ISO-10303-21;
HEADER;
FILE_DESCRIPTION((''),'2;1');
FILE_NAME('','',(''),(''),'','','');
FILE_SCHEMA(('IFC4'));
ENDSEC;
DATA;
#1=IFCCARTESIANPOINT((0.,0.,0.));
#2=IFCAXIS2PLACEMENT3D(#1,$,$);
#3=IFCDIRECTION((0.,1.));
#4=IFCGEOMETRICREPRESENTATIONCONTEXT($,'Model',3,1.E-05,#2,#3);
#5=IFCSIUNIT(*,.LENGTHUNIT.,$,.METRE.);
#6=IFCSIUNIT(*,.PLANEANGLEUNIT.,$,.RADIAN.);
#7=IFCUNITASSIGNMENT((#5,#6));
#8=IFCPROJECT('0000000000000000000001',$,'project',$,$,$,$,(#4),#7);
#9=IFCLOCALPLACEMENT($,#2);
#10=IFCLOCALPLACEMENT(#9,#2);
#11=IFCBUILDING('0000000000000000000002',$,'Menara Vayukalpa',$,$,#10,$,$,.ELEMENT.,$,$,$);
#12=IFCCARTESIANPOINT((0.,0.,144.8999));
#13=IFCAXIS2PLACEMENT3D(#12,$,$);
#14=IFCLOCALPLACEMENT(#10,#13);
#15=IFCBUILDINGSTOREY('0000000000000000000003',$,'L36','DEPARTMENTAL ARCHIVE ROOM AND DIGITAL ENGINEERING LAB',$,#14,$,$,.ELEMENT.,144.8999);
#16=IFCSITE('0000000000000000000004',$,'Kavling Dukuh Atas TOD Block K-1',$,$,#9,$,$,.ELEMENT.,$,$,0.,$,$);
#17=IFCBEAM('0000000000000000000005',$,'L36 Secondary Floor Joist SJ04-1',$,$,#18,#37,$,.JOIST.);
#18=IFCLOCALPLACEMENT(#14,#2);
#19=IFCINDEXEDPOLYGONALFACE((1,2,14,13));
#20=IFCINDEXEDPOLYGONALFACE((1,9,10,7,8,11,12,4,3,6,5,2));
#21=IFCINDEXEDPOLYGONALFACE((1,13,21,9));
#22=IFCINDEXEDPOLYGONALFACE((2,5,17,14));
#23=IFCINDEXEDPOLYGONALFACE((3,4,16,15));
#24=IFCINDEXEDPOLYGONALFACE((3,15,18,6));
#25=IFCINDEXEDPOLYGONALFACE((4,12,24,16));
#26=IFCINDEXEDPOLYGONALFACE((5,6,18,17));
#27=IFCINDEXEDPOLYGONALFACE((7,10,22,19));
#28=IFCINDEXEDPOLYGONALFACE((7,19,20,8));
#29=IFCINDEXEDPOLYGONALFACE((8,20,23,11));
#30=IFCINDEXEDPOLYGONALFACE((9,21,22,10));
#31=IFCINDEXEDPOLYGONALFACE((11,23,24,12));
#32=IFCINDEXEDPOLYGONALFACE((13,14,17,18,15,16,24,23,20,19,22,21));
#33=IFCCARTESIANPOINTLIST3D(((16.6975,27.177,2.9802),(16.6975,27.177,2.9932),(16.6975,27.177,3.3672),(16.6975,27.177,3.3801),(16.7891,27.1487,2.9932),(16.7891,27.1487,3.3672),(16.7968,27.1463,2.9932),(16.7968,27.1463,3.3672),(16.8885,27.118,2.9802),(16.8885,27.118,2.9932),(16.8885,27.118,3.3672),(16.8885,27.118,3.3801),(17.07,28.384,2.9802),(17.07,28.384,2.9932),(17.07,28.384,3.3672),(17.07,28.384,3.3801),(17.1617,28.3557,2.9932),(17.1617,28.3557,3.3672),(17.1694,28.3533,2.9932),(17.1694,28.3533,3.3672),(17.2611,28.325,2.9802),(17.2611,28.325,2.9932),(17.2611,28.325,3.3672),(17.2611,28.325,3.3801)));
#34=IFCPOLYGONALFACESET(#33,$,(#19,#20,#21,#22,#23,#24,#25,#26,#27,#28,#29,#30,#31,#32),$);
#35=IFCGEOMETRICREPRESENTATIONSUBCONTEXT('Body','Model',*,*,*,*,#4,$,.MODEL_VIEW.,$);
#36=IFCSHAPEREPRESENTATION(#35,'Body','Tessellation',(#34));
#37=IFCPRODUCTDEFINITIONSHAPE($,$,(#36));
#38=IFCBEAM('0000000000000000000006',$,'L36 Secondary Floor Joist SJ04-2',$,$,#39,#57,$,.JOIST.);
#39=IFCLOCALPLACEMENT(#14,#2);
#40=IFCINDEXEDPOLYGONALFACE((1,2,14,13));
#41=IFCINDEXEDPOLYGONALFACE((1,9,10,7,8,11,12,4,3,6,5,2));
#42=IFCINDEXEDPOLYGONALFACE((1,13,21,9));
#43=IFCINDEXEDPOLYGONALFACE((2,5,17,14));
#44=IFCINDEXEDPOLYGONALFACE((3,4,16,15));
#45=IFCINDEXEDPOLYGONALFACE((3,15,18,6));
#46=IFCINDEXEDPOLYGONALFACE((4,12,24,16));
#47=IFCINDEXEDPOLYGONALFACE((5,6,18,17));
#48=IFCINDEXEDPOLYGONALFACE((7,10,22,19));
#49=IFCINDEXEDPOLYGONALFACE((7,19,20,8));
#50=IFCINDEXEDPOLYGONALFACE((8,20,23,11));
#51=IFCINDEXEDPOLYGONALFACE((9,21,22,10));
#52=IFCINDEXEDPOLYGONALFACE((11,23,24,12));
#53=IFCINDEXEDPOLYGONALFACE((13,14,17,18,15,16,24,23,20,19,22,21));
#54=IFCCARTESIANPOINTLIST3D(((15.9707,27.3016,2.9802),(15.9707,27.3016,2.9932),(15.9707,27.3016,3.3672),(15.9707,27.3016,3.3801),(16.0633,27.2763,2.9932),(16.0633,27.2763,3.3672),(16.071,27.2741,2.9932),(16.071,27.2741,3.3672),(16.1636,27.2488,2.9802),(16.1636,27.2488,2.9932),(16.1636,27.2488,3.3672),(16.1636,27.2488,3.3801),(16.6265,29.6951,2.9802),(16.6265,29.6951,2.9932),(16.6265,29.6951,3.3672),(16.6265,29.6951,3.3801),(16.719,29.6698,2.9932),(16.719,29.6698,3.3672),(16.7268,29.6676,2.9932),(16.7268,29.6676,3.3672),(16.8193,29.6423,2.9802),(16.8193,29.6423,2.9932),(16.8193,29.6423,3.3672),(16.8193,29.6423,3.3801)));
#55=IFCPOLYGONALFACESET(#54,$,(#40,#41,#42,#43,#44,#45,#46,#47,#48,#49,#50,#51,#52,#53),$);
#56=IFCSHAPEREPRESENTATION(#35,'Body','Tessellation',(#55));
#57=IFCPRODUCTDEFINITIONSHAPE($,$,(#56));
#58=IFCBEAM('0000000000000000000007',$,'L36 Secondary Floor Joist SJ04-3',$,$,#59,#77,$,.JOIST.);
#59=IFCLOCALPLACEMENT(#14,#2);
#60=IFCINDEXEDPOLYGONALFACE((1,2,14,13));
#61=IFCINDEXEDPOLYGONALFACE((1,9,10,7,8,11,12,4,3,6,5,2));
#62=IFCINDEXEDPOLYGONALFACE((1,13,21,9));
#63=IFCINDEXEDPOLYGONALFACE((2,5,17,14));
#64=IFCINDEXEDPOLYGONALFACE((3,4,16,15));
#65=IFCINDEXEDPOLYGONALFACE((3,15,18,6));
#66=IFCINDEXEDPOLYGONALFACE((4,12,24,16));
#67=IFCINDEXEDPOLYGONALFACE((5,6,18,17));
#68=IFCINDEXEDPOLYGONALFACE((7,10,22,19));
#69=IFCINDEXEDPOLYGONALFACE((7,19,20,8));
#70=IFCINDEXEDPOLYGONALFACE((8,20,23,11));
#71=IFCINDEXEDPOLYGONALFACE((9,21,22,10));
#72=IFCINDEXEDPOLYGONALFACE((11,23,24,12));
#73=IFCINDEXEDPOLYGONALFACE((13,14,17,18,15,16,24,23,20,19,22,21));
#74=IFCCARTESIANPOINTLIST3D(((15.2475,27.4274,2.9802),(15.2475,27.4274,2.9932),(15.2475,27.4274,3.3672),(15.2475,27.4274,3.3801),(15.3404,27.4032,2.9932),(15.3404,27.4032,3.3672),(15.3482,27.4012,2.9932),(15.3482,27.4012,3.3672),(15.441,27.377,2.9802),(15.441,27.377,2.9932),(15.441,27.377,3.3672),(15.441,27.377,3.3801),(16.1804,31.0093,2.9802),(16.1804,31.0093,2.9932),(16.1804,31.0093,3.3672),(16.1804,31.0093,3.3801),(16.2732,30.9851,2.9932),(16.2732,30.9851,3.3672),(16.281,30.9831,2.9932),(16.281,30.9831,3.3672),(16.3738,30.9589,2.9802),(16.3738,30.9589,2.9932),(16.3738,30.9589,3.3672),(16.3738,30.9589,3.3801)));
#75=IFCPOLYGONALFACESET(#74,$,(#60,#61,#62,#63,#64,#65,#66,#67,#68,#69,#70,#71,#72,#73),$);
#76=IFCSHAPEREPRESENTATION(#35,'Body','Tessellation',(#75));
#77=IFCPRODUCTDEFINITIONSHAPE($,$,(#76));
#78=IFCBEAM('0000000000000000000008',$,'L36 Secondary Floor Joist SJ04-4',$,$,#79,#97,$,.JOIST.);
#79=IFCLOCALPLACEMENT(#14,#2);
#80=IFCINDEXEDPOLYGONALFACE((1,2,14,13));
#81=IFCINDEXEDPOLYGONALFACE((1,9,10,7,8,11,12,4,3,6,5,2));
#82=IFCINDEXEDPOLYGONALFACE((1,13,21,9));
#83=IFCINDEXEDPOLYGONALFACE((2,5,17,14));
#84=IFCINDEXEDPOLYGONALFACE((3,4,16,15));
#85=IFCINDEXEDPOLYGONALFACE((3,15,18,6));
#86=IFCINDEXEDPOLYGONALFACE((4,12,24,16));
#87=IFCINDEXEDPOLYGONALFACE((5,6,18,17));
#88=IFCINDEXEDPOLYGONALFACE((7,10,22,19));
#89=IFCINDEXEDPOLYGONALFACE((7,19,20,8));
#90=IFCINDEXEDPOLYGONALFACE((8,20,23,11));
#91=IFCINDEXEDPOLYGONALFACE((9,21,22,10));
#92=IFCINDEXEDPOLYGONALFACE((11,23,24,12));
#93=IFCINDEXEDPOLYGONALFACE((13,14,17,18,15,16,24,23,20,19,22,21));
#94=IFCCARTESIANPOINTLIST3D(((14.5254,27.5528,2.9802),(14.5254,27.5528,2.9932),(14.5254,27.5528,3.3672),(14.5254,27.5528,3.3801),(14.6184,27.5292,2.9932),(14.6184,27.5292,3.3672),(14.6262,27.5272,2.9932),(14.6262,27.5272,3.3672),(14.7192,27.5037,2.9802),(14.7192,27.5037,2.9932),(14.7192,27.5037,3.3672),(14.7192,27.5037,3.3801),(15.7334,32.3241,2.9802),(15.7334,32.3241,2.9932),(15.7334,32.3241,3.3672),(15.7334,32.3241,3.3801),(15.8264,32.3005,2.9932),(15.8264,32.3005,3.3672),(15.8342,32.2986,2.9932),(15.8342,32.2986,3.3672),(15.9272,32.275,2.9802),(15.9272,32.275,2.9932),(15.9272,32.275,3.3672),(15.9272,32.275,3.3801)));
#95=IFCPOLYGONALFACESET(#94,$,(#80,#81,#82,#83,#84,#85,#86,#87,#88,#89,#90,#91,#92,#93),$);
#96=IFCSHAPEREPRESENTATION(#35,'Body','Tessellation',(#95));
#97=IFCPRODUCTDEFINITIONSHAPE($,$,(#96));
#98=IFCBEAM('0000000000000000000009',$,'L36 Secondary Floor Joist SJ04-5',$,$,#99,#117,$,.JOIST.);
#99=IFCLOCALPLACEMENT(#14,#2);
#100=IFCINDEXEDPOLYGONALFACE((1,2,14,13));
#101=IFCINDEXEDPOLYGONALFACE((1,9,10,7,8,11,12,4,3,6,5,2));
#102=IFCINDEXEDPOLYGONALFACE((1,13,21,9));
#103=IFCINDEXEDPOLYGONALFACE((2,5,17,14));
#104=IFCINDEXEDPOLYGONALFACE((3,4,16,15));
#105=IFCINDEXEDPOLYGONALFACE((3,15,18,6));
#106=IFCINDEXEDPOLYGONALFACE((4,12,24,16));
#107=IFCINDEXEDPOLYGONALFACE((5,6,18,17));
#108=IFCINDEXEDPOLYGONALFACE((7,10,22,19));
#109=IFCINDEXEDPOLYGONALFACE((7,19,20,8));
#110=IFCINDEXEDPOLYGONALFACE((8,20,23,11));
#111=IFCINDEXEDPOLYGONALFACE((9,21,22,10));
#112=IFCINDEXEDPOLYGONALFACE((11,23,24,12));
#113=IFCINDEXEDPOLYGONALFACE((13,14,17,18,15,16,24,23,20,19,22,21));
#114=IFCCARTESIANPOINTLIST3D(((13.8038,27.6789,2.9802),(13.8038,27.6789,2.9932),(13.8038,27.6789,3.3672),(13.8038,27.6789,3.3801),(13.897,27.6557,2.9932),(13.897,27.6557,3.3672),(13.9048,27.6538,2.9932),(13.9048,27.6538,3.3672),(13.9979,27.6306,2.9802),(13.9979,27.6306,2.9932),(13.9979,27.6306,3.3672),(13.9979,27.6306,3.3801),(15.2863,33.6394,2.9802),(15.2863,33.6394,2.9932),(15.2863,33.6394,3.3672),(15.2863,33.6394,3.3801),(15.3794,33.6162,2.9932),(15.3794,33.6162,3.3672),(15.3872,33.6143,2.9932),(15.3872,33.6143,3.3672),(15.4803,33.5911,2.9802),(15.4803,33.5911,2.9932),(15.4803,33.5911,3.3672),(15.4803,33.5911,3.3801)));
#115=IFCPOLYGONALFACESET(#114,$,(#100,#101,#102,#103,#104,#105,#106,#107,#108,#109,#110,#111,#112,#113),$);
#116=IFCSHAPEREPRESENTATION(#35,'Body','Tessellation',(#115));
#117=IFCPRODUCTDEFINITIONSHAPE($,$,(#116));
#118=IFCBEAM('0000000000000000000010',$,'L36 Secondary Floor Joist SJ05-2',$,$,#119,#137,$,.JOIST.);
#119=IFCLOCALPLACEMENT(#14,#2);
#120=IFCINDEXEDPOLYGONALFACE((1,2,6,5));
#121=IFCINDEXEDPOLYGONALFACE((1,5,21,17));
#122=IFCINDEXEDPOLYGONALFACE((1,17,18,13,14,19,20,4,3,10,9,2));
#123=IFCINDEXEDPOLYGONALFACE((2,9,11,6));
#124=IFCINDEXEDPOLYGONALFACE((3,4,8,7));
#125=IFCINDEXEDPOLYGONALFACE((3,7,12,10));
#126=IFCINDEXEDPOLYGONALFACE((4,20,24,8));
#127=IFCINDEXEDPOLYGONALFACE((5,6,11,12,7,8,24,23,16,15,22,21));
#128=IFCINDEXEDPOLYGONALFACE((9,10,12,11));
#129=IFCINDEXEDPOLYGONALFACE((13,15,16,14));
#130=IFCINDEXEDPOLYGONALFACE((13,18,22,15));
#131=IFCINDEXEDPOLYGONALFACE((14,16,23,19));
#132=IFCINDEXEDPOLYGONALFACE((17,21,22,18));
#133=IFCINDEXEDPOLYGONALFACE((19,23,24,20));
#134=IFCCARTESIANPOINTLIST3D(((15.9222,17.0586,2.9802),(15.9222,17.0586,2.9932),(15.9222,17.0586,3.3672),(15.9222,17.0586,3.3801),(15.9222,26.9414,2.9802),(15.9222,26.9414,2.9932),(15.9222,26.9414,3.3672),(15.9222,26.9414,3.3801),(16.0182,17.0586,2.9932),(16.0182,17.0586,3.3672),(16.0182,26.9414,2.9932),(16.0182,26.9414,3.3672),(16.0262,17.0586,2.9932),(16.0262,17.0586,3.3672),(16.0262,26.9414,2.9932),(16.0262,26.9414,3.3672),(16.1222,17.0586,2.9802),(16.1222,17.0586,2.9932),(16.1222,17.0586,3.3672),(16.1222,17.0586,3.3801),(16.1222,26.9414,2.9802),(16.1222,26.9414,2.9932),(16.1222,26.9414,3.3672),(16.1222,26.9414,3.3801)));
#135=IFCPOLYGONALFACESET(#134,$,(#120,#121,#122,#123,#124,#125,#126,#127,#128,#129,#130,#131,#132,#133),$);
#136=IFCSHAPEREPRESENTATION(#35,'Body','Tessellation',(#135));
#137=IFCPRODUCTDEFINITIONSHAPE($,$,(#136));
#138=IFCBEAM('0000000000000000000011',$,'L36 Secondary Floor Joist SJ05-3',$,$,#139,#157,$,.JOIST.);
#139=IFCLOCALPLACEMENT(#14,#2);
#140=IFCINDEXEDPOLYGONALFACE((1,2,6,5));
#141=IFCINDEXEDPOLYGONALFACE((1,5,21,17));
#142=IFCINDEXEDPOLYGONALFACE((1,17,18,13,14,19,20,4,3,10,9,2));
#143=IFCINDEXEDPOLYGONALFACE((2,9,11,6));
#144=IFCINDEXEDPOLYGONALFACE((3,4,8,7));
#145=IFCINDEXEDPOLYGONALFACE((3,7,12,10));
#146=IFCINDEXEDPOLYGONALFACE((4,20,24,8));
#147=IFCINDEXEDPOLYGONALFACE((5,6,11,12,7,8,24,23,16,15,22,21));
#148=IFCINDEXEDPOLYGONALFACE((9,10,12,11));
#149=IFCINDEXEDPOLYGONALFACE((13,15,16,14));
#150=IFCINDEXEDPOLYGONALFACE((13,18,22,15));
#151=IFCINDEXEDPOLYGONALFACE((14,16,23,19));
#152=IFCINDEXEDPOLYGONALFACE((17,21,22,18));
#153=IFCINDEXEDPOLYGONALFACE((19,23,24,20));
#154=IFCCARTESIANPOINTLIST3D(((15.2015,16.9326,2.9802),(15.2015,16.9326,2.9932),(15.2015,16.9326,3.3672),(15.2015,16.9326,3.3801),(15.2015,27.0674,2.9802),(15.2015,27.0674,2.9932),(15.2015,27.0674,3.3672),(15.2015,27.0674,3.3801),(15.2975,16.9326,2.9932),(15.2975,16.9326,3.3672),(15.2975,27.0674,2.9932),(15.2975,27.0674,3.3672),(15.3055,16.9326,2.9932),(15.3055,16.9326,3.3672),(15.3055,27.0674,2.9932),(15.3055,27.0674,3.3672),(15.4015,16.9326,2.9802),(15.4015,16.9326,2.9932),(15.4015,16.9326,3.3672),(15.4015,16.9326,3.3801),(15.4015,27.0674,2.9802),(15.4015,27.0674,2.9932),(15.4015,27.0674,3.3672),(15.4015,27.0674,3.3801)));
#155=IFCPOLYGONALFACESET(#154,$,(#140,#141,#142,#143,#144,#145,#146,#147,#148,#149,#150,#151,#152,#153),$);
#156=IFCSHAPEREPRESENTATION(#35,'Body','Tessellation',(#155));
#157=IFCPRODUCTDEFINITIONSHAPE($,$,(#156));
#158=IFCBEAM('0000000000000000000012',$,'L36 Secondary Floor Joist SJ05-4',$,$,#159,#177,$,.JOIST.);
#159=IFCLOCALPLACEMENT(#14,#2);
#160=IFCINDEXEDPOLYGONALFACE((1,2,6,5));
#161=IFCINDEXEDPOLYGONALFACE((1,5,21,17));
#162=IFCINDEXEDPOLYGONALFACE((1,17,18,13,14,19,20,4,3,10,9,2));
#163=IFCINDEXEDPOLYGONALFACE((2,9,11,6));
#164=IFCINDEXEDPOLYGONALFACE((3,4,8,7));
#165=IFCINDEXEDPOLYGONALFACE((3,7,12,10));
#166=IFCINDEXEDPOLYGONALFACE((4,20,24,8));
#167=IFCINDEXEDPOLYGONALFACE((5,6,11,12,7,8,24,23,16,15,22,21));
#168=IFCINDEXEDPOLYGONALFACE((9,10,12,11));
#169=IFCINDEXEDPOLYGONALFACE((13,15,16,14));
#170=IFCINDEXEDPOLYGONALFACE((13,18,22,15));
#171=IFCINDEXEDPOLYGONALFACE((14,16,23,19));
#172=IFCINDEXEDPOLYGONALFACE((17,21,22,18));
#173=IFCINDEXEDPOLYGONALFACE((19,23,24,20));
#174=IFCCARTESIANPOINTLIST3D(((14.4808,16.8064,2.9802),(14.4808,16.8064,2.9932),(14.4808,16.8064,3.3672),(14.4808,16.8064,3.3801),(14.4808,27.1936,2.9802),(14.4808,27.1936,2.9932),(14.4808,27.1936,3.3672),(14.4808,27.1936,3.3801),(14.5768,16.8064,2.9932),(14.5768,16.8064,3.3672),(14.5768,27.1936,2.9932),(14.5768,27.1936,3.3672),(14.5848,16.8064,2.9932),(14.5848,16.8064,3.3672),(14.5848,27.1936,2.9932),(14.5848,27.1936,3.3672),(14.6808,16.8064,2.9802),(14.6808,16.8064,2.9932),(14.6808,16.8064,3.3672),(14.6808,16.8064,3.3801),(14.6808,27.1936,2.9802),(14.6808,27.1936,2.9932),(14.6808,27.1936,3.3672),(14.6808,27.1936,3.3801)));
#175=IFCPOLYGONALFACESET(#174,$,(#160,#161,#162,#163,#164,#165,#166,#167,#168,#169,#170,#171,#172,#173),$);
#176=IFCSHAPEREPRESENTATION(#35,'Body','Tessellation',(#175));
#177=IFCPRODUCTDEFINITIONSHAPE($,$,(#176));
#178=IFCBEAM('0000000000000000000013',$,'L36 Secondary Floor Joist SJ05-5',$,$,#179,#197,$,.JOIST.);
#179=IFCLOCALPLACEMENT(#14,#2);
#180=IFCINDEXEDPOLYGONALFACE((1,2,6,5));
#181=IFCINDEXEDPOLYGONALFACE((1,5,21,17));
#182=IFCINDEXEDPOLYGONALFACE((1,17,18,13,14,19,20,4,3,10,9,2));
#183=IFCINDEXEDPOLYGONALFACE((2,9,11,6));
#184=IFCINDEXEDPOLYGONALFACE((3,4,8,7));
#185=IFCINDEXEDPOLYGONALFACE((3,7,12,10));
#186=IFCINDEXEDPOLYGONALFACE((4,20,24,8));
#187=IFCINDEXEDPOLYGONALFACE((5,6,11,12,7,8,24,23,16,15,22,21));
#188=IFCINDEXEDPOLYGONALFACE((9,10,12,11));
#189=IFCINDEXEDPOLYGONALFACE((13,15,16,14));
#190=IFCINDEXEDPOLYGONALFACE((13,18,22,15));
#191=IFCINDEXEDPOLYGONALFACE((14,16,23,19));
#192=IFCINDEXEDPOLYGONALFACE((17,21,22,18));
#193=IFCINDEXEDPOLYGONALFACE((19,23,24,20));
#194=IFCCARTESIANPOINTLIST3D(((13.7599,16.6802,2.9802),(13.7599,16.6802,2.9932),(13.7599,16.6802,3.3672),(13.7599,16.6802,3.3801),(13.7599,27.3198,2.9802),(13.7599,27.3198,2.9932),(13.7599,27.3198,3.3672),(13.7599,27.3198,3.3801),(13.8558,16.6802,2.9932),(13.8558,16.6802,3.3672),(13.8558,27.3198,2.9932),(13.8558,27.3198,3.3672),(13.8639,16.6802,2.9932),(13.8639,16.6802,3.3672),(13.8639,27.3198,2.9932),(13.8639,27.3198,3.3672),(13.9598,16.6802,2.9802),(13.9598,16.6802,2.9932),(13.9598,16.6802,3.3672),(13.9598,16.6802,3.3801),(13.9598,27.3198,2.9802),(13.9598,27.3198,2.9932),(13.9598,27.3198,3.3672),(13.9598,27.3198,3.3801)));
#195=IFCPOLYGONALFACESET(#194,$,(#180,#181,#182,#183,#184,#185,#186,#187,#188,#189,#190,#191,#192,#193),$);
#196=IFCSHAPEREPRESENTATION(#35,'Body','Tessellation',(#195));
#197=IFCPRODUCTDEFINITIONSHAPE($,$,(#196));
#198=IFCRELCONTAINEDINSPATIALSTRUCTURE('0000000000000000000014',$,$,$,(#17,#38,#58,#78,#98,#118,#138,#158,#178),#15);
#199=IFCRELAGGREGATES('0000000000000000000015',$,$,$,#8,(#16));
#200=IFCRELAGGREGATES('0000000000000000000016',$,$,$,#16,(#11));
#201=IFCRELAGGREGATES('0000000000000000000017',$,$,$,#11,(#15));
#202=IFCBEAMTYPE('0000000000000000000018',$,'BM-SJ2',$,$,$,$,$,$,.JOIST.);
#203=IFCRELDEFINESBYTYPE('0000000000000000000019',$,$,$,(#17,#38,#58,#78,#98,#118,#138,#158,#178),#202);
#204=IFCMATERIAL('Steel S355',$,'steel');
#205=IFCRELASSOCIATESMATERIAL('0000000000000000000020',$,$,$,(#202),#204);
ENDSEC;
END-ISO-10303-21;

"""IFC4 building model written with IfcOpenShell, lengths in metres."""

from ifc_helpers import new_model, si_unit, direction, frame, origin, origin_2d, place, context, subcontext, project, spatial, i_section, extrude, material, material_profile, profile_set, type_object, element, save


model = new_model("IFC4")

# Units and contexts
model_context = context("Model", 3, precision=1e-05, world=origin(), true_north=direction((0.0, 1.0)))
body_context = subcontext(model_context, "Body", "Model", "MODEL_VIEW")
ifc_project = project(units=[si_unit("LENGTHUNIT", "METRE"), si_unit("PLANEANGLEUNIT", "RADIAN")], contexts=[model_context])

# Site, building, storey
site_placement = place(None, origin())
site = spatial("IfcSite", under=ifc_project, at=site_placement, Name="Kavling Dukuh Atas TOD Block K-1", CompositionType="ELEMENT", RefElevation=0.0)
building_placement = place(site_placement, origin())
building = spatial("IfcBuilding", under=site, at=building_placement, Name="Menara Vayukalpa", CompositionType="ELEMENT")
storey_placement = place(building_placement, frame((0.0, 0.0, 144.8999)))
storey = spatial("IfcBuildingStorey", under=building, at=storey_placement, Name="L36", Description="DEPARTMENTAL ARCHIVE ROOM AND DIGITAL ENGINEERING LAB", CompositionType="ELEMENT", Elevation=144.8999)

# Beams
ifc_material_1 = material(Name="Steel S355", Category="steel")
ifc_material_profile_1 = material_profile(ifc_material_1, i_section(OverallWidth=0.2, OverallDepth=0.3999, WebThickness=0.0081, FlangeThickness=0.0129, at=origin_2d()), Name="WF 400x200x8x13")
ifc_profile_set_1 = profile_set([ifc_material_profile_1], Name="Steel S355")
beam_type_1 = type_object("IfcBeamType", Name="BM-SJ2", PredefinedType="JOIST", material=ifc_profile_set_1)
beam_1_placement = place(storey_placement, frame((17.1655, 28.3545, 3.1802), z_axis=(-0.294928, -0.95552, 0.0), x_axis=(0.95552, -0.294928, 0.0)))
element("IfcBeam", 1, at=beam_1_placement, inside=storey, type_object=beam_type_1, Name="L36 Secondary Floor Joist SJ04-1", PredefinedType="JOIST", context=body_context, shape_type="SweptSolid", body=[
    extrude(i_section(OverallWidth=0.2, OverallDepth=0.3999, WebThickness=0.0081, FlangeThickness=0.0129, at=origin_2d()), origin(), (0.0, 0.0, 1.0), 1.2632),
])
beam_2_placement = place(storey_placement, frame((16.7229, 29.6687, 3.1802), z_axis=(-0.264233, -0.964459, 0.0), x_axis=(0.964459, -0.264233, 0.0)))
element("IfcBeam", 2, at=beam_2_placement, inside=storey, type_object=beam_type_1, Name="L36 Secondary Floor Joist SJ04-2", PredefinedType="JOIST", context=body_context, shape_type="SweptSolid", body=[
    extrude(i_section(OverallWidth=0.2, OverallDepth=0.3999, WebThickness=0.0081, FlangeThickness=0.0129, at=origin_2d()), origin(), (0.0, 0.0, 1.0), 2.4817),
])
beam_3_placement = place(storey_placement, frame((16.2771, 30.9841, 3.1802), z_axis=(-0.252022, -0.967722, 0.0), x_axis=(0.967722, -0.252022, 0.0)))
element("IfcBeam", 3, at=beam_3_placement, inside=storey, type_object=beam_type_1, Name="L36 Secondary Floor Joist SJ04-3", PredefinedType="JOIST", context=body_context, shape_type="SweptSolid", body=[
    extrude(i_section(OverallWidth=0.2, OverallDepth=0.3999, WebThickness=0.0081, FlangeThickness=0.0129, at=origin_2d()), origin(), (0.0, 0.0, 1.0), 3.7014),
])
beam_4_placement = place(storey_placement, frame((15.8303, 32.2996, 3.1802), z_axis=(-0.245441, -0.969412, 0.0), x_axis=(0.969412, -0.245441, 0.0)))
element("IfcBeam", 4, at=beam_4_placement, inside=storey, type_object=beam_type_1, Name="L36 Secondary Floor Joist SJ04-4", PredefinedType="JOIST", context=body_context, shape_type="SweptSolid", body=[
    extrude(i_section(OverallWidth=0.2, OverallDepth=0.3999, WebThickness=0.0081, FlangeThickness=0.0129, at=origin_2d()), origin(), (0.0, 0.0, 1.0), 4.9219),
])
beam_5_placement = place(storey_placement, frame((15.3833, 33.6152, 3.1802), z_axis=(-0.241357, -0.970436, 0.0), x_axis=(0.970436, -0.241357, 0.0)))
element("IfcBeam", 5, at=beam_5_placement, inside=storey, type_object=beam_type_1, Name="L36 Secondary Floor Joist SJ04-5", PredefinedType="JOIST", context=body_context, shape_type="SweptSolid", body=[
    extrude(i_section(OverallWidth=0.2, OverallDepth=0.3999, WebThickness=0.0081, FlangeThickness=0.0129, at=origin_2d()), origin(), (0.0, 0.0, 1.0), 6.1421),
])
beam_6_placement = place(storey_placement, frame((16.0222, 26.9414, 3.1802), z_axis=(0.0, -1.0, 0.0), x_axis=(1.0, 0.0, 0.0)))
element("IfcBeam", 6, at=beam_6_placement, inside=storey, type_object=beam_type_1, Name="L36 Secondary Floor Joist SJ05-2", PredefinedType="JOIST", context=body_context, shape_type="SweptSolid", body=[
    extrude(i_section(OverallWidth=0.2, OverallDepth=0.3999, WebThickness=0.0081, FlangeThickness=0.0129, at=origin_2d()), origin(), (0.0, 0.0, 1.0), 9.8828),
])
beam_7_placement = place(storey_placement, frame((15.3015, 27.0674, 3.1802), z_axis=(0.0, -1.0, 0.0), x_axis=(1.0, 0.0, 0.0)))
element("IfcBeam", 7, at=beam_7_placement, inside=storey, type_object=beam_type_1, Name="L36 Secondary Floor Joist SJ05-3", PredefinedType="JOIST", context=body_context, shape_type="SweptSolid", body=[
    extrude(i_section(OverallWidth=0.2, OverallDepth=0.3999, WebThickness=0.0081, FlangeThickness=0.0129, at=origin_2d()), origin(), (0.0, 0.0, 1.0), 10.1348),
])
beam_8_placement = place(storey_placement, frame((14.5808, 27.1936, 3.1802), z_axis=(0.0, -1.0, 0.0), x_axis=(1.0, 0.0, 0.0)))
element("IfcBeam", 8, at=beam_8_placement, inside=storey, type_object=beam_type_1, Name="L36 Secondary Floor Joist SJ05-4", PredefinedType="JOIST", context=body_context, shape_type="SweptSolid", body=[
    extrude(i_section(OverallWidth=0.2, OverallDepth=0.3999, WebThickness=0.0081, FlangeThickness=0.0129, at=origin_2d()), origin(), (0.0, 0.0, 1.0), 10.3872),
])
beam_9_placement = place(storey_placement, frame((13.8599, 27.3198, 3.1802), z_axis=(0.0, -1.0, 0.0), x_axis=(1.0, 0.0, 0.0)))
element("IfcBeam", 9, at=beam_9_placement, inside=storey, type_object=beam_type_1, Name="L36 Secondary Floor Joist SJ05-5", PredefinedType="JOIST", context=body_context, shape_type="SweptSolid", body=[
    extrude(i_section(OverallWidth=0.2, OverallDepth=0.3999, WebThickness=0.0081, FlangeThickness=0.0129, at=origin_2d()), origin(), (0.0, 0.0, 1.0), 10.6396),
])

save(model, "model.ifc")
